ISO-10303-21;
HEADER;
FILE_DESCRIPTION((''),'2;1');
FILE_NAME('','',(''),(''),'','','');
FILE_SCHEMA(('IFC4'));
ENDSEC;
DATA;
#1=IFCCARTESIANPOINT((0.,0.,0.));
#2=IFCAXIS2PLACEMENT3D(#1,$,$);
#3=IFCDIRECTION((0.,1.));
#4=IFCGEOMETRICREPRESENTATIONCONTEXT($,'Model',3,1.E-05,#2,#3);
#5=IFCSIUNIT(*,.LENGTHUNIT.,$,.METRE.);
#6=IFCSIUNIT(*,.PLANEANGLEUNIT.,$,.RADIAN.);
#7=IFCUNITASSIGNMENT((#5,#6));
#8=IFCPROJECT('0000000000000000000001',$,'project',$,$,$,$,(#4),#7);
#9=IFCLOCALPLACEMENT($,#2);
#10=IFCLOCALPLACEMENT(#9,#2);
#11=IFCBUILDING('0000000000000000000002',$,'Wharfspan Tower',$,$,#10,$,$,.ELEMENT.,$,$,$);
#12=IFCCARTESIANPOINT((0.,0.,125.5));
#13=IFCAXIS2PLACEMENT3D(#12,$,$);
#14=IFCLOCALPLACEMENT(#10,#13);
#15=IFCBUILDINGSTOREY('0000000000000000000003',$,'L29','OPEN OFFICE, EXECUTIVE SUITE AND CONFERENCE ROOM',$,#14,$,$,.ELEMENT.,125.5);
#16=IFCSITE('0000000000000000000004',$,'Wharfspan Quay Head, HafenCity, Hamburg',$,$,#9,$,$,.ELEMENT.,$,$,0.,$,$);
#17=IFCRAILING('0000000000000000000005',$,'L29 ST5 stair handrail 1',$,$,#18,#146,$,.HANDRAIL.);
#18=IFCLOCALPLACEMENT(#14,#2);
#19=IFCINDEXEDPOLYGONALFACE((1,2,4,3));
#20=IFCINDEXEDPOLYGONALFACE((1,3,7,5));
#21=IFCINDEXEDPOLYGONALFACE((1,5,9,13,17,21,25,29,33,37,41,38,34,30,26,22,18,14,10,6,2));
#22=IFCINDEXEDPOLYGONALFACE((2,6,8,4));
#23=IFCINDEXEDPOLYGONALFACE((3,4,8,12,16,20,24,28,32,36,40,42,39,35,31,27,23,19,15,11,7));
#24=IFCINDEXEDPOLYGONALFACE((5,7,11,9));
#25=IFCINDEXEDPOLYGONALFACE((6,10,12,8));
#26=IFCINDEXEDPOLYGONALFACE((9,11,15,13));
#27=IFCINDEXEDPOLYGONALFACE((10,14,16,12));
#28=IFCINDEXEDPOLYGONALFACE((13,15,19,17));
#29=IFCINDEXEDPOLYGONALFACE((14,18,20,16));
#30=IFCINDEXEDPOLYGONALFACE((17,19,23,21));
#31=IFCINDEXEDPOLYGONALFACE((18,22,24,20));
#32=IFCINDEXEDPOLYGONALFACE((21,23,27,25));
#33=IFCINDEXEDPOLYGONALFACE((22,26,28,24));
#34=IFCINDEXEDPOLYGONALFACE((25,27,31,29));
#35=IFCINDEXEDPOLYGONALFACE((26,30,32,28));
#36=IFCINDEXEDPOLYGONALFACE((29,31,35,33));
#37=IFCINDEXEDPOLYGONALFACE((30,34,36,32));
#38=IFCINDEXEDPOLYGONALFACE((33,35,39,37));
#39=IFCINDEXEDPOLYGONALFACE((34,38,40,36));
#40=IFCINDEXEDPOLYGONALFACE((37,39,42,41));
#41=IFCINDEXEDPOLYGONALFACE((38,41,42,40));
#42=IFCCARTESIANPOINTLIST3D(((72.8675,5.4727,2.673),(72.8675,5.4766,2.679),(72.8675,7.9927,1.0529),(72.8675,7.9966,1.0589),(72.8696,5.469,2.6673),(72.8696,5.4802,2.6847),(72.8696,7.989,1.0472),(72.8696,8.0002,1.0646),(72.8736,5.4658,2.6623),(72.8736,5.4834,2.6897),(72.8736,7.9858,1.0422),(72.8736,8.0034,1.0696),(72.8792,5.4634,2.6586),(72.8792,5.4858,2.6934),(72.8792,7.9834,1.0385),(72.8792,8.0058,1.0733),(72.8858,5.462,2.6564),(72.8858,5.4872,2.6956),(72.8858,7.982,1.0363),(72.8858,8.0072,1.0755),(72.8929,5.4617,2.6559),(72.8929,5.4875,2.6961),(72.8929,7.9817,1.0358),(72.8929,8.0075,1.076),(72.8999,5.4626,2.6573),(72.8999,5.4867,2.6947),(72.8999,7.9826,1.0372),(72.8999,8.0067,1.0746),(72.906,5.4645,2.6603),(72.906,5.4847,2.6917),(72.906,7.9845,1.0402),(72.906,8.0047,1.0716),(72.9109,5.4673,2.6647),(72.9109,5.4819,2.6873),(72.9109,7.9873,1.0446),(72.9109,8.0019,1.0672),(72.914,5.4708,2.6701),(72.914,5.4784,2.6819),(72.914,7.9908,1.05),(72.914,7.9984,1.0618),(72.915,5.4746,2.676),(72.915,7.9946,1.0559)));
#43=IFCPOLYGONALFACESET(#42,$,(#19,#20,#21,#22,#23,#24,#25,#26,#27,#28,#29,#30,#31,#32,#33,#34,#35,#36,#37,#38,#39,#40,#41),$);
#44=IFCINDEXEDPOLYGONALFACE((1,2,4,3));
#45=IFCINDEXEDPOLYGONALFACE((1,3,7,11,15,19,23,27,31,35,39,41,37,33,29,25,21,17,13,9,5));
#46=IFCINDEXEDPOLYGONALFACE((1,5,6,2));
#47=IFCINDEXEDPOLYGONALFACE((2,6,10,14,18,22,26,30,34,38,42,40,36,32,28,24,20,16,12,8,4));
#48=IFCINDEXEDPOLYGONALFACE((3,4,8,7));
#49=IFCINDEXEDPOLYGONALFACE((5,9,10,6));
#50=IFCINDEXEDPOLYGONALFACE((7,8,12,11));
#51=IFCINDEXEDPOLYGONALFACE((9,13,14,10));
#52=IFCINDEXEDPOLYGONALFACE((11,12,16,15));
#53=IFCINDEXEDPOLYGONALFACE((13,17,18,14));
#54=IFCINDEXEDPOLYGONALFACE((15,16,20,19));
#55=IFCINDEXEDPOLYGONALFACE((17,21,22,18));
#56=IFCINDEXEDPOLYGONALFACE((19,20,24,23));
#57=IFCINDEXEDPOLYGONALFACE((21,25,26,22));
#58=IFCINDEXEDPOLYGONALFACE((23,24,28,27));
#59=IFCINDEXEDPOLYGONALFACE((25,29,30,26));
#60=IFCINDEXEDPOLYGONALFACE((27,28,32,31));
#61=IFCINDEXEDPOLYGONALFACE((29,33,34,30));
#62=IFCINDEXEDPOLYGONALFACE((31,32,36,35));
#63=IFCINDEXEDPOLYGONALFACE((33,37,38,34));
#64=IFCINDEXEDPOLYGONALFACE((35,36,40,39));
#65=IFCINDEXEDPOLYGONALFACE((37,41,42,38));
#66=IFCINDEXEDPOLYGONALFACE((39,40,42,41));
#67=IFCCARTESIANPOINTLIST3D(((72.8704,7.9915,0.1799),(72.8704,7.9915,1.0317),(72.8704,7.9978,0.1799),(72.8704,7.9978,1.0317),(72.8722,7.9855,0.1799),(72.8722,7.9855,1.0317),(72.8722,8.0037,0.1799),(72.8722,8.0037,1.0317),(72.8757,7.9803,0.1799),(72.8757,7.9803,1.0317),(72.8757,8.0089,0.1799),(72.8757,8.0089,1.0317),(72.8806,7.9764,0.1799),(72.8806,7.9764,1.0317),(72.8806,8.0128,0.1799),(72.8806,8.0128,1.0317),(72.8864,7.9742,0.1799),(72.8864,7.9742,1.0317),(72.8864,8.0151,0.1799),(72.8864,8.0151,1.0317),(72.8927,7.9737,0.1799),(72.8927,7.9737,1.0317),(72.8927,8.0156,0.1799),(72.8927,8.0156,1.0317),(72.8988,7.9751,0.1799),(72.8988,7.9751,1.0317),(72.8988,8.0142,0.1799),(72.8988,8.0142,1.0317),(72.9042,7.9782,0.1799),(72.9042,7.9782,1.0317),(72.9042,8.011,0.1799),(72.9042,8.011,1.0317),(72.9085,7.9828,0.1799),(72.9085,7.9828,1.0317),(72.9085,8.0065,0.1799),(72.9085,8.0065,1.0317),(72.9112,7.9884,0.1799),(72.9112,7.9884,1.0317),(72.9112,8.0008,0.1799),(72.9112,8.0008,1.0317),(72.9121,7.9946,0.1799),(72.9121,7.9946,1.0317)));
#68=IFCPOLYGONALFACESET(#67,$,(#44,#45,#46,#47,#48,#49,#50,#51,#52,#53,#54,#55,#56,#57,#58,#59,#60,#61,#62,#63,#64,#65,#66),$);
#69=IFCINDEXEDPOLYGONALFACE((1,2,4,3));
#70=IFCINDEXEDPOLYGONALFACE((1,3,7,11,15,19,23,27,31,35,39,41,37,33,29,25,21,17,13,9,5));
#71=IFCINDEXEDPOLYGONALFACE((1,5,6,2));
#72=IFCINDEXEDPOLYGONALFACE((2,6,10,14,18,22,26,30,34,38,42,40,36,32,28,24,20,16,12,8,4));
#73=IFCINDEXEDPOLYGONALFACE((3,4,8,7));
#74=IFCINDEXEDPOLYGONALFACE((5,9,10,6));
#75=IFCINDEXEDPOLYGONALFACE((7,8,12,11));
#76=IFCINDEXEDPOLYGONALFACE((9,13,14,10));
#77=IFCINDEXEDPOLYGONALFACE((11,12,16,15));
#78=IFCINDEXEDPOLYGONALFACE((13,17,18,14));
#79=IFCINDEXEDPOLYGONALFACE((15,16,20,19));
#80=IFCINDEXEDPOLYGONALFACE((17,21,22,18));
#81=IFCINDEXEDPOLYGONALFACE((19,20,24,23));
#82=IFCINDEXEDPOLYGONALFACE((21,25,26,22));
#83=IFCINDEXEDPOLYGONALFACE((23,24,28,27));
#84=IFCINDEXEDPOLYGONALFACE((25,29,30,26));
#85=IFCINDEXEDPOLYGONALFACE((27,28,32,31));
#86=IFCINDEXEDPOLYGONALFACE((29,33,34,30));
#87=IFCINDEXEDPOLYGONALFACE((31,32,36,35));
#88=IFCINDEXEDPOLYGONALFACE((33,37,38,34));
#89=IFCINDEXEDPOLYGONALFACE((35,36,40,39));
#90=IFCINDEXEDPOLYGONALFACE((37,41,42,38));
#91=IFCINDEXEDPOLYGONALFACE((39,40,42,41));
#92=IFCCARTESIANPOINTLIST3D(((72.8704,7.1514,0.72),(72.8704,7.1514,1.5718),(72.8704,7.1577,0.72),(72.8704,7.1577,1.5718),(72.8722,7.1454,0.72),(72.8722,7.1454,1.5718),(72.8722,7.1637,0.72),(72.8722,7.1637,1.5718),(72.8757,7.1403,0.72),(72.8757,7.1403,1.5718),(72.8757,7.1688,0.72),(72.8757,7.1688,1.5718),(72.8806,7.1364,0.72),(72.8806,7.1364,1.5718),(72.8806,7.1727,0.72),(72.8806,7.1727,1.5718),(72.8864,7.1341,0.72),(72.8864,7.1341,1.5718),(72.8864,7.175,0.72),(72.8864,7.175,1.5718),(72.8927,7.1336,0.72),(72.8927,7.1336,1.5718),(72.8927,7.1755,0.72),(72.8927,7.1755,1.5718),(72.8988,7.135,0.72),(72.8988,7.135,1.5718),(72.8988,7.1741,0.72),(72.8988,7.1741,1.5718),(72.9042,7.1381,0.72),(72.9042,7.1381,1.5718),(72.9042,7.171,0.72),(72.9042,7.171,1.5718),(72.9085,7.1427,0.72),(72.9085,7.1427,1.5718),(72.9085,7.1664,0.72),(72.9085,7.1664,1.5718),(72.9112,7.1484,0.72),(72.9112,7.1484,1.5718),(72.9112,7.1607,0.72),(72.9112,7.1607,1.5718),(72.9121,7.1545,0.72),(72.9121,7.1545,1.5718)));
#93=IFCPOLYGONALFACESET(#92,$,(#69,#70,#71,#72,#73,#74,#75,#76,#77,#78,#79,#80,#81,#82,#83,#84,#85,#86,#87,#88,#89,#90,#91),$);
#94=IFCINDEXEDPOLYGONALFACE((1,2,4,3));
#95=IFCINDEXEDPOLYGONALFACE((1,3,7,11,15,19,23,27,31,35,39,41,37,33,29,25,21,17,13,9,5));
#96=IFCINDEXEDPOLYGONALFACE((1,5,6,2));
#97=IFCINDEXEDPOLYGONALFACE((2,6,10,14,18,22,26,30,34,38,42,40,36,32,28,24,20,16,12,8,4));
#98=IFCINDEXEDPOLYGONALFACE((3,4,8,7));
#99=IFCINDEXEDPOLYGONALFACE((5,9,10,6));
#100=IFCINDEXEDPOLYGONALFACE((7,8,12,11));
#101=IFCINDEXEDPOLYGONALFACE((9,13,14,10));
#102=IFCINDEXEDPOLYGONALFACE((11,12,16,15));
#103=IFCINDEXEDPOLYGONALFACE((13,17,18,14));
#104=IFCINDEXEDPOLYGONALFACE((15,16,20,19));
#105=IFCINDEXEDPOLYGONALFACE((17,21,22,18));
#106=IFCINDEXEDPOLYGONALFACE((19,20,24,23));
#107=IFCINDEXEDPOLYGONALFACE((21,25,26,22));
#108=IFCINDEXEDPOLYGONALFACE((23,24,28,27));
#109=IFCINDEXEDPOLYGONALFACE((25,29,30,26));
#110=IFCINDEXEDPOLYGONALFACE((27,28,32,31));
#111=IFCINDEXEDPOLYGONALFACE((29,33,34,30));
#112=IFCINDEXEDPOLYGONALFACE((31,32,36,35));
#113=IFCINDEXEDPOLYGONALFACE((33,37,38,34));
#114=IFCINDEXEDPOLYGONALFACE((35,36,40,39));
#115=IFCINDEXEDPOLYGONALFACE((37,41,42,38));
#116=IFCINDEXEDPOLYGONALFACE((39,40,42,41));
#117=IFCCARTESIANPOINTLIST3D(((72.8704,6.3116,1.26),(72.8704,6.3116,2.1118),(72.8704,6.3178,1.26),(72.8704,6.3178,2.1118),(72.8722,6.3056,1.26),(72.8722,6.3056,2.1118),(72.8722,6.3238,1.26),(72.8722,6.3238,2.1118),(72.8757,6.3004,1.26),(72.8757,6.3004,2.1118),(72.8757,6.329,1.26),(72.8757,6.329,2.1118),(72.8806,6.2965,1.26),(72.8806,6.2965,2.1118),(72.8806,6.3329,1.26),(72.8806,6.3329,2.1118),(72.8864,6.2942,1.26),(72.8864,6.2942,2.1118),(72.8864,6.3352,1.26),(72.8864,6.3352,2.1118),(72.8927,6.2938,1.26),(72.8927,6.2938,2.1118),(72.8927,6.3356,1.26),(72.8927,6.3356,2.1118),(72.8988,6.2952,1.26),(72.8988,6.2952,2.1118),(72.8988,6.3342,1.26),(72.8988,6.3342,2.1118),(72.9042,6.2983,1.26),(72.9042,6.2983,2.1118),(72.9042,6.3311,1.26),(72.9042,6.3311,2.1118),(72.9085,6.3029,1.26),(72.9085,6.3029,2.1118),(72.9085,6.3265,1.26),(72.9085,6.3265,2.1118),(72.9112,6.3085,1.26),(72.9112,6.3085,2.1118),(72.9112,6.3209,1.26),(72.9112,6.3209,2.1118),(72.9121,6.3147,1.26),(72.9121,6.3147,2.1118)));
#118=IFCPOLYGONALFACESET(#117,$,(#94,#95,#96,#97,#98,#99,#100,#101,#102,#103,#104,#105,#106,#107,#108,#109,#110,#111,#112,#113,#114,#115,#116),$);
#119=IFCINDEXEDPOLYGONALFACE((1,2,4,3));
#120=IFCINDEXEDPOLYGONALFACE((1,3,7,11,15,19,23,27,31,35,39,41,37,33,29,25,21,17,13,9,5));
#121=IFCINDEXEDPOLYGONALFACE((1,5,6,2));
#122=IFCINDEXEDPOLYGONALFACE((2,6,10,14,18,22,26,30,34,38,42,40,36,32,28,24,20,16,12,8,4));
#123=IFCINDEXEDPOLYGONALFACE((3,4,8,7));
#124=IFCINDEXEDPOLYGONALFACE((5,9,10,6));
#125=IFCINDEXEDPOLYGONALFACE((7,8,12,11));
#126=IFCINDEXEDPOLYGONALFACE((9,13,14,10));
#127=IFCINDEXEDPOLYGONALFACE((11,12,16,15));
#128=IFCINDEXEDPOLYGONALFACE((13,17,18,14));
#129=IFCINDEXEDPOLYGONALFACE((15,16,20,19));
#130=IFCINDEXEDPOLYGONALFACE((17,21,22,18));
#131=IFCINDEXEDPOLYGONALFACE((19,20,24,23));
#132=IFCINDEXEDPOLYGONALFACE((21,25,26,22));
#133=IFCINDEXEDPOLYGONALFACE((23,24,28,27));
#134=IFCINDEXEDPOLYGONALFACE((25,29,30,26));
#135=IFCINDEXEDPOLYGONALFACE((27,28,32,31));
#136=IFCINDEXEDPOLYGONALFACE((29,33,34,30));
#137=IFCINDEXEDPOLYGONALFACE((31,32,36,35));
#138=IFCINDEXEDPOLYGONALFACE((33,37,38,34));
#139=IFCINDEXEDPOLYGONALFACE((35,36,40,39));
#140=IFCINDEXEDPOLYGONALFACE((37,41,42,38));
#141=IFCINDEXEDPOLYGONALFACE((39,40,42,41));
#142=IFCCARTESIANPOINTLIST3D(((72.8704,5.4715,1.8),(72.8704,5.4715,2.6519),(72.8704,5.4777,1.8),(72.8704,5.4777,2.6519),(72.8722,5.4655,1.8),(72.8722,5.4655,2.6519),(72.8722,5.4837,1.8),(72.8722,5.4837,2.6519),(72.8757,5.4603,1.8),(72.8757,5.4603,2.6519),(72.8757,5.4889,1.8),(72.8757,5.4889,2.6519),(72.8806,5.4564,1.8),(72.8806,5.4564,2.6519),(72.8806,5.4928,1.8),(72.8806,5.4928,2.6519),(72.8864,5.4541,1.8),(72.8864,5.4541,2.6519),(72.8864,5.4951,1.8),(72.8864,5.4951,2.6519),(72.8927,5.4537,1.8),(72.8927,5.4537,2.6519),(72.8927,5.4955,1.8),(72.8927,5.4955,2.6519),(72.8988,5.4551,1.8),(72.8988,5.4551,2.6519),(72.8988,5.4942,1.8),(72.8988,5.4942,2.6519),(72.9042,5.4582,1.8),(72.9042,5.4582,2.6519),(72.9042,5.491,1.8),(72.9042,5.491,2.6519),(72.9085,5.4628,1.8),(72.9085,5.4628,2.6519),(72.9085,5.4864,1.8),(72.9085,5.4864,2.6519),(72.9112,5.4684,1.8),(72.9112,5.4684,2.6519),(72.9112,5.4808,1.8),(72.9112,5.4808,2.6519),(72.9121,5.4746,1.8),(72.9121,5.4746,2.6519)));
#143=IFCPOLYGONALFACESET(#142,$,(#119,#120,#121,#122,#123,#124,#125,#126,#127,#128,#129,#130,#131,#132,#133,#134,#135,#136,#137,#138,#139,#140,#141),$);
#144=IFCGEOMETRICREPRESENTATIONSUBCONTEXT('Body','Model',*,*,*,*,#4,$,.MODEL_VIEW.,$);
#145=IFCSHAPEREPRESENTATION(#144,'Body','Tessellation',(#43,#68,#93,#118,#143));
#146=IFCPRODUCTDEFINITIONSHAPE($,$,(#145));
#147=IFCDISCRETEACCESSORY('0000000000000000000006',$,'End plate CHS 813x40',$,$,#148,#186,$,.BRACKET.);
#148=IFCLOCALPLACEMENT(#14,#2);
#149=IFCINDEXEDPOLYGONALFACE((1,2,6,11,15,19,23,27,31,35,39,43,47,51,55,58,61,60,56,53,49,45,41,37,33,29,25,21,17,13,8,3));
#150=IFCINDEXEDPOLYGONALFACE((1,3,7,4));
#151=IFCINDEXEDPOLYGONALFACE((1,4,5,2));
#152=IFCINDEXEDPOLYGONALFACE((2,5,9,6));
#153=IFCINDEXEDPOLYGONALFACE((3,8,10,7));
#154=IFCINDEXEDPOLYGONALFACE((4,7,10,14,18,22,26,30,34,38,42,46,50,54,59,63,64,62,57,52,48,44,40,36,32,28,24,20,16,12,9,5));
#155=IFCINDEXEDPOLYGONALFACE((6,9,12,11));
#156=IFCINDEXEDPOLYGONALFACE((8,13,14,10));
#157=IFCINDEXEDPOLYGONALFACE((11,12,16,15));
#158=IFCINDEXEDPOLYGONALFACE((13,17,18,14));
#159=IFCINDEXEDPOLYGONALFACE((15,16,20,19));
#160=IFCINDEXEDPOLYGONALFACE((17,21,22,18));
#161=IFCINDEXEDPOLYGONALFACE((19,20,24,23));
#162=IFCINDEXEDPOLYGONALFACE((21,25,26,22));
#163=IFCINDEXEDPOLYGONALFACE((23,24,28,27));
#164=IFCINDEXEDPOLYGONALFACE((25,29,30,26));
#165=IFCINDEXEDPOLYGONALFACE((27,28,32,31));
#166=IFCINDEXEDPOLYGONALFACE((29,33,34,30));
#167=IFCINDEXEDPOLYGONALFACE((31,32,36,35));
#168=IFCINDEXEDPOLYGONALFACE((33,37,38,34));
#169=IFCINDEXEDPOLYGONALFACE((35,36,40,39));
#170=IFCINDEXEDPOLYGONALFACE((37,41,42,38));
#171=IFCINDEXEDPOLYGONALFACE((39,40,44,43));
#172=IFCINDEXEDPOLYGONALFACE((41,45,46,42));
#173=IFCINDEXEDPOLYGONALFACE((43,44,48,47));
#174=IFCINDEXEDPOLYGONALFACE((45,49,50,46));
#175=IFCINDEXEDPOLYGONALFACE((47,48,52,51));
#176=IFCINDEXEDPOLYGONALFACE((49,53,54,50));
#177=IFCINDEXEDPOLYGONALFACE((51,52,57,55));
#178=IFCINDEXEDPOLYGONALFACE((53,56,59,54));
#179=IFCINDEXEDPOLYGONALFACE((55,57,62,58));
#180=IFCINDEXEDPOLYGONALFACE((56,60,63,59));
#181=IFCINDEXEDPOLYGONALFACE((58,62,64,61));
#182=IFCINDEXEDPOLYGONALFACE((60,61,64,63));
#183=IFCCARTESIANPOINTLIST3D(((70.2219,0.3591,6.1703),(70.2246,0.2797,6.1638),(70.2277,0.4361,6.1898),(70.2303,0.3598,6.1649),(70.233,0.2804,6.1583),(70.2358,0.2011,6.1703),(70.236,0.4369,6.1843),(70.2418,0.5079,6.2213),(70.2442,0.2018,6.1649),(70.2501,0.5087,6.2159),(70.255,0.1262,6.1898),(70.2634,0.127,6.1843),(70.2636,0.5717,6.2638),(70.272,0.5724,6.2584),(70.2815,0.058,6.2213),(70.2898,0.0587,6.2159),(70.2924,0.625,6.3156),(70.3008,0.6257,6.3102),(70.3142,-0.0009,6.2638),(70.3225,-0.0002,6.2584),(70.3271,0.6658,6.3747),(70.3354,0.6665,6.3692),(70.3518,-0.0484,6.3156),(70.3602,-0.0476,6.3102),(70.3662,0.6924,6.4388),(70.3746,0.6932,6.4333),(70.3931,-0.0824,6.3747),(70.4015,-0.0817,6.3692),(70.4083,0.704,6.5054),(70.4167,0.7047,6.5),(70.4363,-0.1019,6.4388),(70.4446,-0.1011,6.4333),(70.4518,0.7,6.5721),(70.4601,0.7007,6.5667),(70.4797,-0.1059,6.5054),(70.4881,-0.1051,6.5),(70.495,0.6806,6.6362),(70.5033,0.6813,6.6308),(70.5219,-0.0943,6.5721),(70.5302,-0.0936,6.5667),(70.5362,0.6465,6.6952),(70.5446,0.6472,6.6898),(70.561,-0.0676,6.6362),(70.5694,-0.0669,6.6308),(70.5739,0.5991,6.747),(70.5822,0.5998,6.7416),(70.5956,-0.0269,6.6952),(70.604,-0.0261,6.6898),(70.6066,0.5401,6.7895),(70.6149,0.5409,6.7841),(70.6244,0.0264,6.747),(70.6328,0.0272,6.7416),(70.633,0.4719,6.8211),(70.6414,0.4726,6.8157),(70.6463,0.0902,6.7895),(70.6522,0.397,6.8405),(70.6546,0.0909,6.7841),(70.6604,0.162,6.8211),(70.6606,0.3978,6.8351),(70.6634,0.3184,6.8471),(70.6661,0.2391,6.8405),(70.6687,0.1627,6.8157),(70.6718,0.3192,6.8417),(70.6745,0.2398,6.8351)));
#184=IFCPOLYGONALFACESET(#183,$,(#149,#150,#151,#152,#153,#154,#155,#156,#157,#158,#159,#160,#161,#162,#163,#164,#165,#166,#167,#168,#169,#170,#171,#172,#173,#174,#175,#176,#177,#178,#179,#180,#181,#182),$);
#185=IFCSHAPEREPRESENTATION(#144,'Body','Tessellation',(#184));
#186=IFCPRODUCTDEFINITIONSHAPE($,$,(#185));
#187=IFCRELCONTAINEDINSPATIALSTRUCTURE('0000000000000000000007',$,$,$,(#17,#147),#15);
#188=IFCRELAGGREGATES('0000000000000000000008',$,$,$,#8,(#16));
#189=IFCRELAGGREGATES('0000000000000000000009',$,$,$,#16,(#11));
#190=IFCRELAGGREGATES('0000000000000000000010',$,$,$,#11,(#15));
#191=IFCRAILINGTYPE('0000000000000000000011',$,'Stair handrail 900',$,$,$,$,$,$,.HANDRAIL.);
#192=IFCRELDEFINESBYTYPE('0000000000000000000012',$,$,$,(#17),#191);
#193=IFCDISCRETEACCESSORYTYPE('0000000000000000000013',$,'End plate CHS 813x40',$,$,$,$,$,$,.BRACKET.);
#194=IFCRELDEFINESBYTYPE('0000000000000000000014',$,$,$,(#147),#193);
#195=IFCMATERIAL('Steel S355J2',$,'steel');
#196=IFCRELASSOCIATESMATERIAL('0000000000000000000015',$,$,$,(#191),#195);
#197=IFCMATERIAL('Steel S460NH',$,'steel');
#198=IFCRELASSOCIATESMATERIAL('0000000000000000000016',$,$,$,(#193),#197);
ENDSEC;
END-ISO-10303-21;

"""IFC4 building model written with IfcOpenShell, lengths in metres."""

from ifc_helpers import new_model, si_unit, direction, frame, origin, origin_2d, place, context, subcontext, project, spatial, circle, extrude, material, material_profile, profile_set, type_object, element, save


model = new_model("IFC4")

# Units and contexts
model_context = context("Model", 3, precision=1e-05, world=origin(), true_north=direction((0.0, 1.0)))
body_context = subcontext(model_context, "Body", "Model", "MODEL_VIEW")
ifc_project = project(units=[si_unit("LENGTHUNIT", "METRE"), si_unit("PLANEANGLEUNIT", "RADIAN")], contexts=[model_context])

# Site, building, storey
site_placement = place(None, origin())
site = spatial("IfcSite", under=ifc_project, at=site_placement, Name="Wharfspan Quay Head, HafenCity, Hamburg", CompositionType="ELEMENT", RefElevation=0.0)
building_placement = place(site_placement, origin())
building = spatial("IfcBuilding", under=site, at=building_placement, Name="Wharfspan Tower", CompositionType="ELEMENT")
storey_placement = place(building_placement, frame((0.0, 0.0, 125.5)))
storey = spatial("IfcBuildingStorey", under=building, at=storey_placement, Name="L29", Description="OPEN OFFICE, EXECUTIVE SUITE AND CONFERENCE ROOM", CompositionType="ELEMENT", Elevation=125.5)

# Shared definitions
ifc_material_1 = material(Name="Steel S355J2", Category="steel")

# Railing
railing_type = type_object("IfcRailingType", Name="Stair handrail 900", PredefinedType="HANDRAIL", material=ifc_material_1)
railing_placement = place(storey_placement, frame((72.8911, 7.9946, 0.1799)))
element("IfcRailing", 1, at=railing_placement, inside=storey, type_object=railing_type, Name="L29 ST5 stair handrail 1", PredefinedType="HANDRAIL", context=body_context, shape_type="SweptSolid", body=[
    extrude(circle(Radius=0.0239, at=origin_2d()), frame((0.0, 0.0, 0.876), z_axis=(0.0, -0.841163, 0.540782), x_axis=(1.0, 0.0, 0.0)), (0.0, 0.0, 1.0), 2.9958),
    extrude(circle(Radius=0.021, at=origin_2d()), origin(), (0.0, 0.0, 1.0), 0.8518),
    extrude(circle(Radius=0.021, at=origin_2d()), frame((0.0, -0.8401, 0.54)), (0.0, 0.0, 1.0), 0.8518),
    extrude(circle(Radius=0.021, at=origin_2d()), frame((0.0, -1.6799, 1.0801)), (0.0, 0.0, 1.0), 0.8518),
    extrude(circle(Radius=0.021, at=origin_2d()), frame((0.0, -2.52, 1.6201)), (0.0, 0.0, 1.0), 0.8518),
])

# Discrete accessory
ifc_material_2 = material(Name="Steel S460NH", Category="steel")
ifc_material_profile_1 = material_profile(ifc_material_2, circle(Radius=0.4065, at=origin_2d()))
ifc_profile_set_1 = profile_set([ifc_material_profile_1], Name="Steel S460NH")
discrete_accessory_type = type_object("IfcDiscreteAccessoryType", Name="End plate CHS 813x40", PredefinedType="BRACKET", material=ifc_profile_set_1)
discrete_accessory_placement = place(storey_placement, frame((70.4524, 0.2998, 6.5), z_axis=(-0.837276, -0.073877, 0.541767), x_axis=(0.087893, -0.996132, -0.000001)))
element("IfcDiscreteAccessory", 2, at=discrete_accessory_placement, inside=storey, type_object=discrete_accessory_type, Name="End plate CHS 813x40", PredefinedType="BRACKET", context=body_context, shape_type="SweptSolid", body=[
    extrude(circle(Radius=0.4065, at=origin_2d()), origin(), (0.0, 0.0, 1.0), 0.01),
])

save(model, "model.ifc")
